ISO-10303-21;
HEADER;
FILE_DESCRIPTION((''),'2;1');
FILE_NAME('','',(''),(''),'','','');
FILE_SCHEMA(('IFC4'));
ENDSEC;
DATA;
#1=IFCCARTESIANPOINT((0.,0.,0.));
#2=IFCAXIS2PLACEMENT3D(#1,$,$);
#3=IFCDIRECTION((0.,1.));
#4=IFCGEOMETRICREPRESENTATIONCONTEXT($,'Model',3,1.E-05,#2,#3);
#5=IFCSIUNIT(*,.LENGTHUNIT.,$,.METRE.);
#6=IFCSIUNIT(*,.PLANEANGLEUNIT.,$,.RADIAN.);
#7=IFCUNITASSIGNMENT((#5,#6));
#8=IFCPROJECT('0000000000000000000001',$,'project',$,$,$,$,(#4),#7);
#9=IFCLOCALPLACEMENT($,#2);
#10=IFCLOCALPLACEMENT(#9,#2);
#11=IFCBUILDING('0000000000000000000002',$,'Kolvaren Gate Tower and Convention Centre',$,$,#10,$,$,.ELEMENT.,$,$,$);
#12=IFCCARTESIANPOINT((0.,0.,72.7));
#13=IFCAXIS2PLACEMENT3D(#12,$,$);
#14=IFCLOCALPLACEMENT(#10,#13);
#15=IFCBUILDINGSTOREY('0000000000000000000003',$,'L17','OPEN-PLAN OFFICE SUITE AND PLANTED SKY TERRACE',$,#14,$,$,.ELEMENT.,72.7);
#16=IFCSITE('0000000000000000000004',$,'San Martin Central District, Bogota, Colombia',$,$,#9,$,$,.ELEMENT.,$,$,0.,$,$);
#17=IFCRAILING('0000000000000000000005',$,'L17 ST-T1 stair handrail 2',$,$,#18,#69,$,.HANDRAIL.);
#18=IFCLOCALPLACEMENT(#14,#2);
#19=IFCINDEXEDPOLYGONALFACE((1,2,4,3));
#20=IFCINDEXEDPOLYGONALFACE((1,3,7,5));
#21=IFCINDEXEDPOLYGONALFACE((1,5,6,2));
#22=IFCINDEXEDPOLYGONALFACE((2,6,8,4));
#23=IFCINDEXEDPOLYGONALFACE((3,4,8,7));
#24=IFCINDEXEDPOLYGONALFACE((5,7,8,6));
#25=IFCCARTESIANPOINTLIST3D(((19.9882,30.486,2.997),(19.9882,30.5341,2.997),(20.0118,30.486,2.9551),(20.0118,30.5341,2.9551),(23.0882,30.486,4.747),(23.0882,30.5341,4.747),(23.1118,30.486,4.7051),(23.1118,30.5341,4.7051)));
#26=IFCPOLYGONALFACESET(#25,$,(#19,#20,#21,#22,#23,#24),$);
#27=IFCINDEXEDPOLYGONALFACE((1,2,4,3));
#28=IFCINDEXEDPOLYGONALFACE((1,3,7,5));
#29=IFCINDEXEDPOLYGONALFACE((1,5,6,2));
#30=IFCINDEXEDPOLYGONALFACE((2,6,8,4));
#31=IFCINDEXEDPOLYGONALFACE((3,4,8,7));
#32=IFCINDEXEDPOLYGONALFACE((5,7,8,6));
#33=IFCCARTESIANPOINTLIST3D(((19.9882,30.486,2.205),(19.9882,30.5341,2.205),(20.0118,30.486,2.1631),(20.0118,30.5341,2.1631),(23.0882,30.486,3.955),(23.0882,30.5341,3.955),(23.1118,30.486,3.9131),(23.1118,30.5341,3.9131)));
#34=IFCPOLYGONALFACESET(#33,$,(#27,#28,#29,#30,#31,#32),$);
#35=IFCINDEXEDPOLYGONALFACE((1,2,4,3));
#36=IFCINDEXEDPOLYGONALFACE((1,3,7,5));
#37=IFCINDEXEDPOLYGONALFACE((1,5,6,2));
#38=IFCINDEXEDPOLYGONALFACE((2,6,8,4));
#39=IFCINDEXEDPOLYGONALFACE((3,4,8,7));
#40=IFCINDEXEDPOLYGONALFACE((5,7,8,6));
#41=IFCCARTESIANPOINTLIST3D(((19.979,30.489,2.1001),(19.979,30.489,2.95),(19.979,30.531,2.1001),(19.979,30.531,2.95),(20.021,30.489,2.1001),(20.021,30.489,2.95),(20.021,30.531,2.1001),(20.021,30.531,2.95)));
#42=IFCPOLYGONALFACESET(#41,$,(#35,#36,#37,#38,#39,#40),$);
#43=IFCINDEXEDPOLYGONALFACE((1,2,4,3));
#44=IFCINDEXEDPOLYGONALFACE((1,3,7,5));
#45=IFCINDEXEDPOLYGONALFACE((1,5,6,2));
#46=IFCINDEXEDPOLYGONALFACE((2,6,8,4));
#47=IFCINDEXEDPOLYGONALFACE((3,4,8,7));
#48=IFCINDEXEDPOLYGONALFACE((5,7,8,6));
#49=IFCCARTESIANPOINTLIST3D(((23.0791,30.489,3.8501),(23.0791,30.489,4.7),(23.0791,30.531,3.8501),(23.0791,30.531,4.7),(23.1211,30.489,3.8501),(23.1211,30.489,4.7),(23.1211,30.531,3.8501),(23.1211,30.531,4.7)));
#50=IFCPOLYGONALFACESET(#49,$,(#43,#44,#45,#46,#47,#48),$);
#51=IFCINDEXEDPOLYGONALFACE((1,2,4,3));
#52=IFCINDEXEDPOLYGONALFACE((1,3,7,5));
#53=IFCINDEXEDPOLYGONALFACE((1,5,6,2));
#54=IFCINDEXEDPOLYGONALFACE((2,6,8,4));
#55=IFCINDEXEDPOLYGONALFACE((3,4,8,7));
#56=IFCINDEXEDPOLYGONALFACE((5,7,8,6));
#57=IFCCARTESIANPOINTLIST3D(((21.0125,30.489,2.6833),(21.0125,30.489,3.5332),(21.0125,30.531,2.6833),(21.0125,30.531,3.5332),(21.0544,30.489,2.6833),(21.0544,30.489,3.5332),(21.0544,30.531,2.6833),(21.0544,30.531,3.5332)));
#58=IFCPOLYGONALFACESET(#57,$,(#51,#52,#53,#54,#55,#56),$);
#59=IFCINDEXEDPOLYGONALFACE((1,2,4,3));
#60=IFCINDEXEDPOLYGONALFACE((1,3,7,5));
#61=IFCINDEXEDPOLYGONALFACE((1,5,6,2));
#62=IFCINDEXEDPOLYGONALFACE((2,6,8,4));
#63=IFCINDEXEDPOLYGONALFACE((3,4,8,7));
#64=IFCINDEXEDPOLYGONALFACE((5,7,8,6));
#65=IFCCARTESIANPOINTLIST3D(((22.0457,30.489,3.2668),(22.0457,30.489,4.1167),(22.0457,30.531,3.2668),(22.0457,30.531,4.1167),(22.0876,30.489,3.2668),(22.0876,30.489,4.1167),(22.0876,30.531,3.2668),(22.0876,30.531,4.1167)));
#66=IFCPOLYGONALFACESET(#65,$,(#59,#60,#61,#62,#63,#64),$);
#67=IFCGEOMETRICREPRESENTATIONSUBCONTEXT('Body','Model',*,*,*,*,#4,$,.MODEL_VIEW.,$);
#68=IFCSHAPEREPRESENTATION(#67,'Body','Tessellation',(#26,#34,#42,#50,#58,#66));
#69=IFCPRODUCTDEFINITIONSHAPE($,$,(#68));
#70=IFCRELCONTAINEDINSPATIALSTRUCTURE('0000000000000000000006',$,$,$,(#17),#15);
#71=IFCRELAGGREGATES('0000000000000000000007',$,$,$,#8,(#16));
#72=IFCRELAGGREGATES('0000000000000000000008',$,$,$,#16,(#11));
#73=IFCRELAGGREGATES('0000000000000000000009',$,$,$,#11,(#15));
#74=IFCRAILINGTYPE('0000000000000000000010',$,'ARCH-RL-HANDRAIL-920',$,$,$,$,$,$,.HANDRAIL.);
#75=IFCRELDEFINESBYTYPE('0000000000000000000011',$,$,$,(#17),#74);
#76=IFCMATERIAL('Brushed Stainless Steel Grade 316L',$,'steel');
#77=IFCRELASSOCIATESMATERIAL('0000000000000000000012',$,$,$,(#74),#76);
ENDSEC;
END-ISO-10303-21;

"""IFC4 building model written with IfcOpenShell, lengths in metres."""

from ifc_helpers import new_model, si_unit, direction, frame, origin, origin_2d, place, context, subcontext, project, spatial, rectangle, extrude, material, type_object, element, save


model = new_model("IFC4")

# Units and contexts
model_context = context("Model", 3, precision=1e-05, world=origin(), true_north=direction((0.0, 1.0)))
body_context = subcontext(model_context, "Body", "Model", "MODEL_VIEW")
ifc_project = project(units=[si_unit("LENGTHUNIT", "METRE"), si_unit("PLANEANGLEUNIT", "RADIAN")], contexts=[model_context])

# Site, building, storey
site_placement = place(None, origin())
site = spatial("IfcSite", under=ifc_project, at=site_placement, Name="San Martin Central District, Bogota, Colombia", CompositionType="ELEMENT", RefElevation=0.0)
building_placement = place(site_placement, origin())
building = spatial("IfcBuilding", under=site, at=building_placement, Name="Kolvaren Gate Tower and Convention Centre", CompositionType="ELEMENT")
storey_placement = place(building_placement, frame((0.0, 0.0, 72.7)))
storey = spatial("IfcBuildingStorey", under=building, at=storey_placement, Name="L17", Description="OPEN-PLAN OFFICE SUITE AND PLANTED SKY TERRACE", CompositionType="ELEMENT", Elevation=72.7)

# Shared definitions
ifc_material_1 = material(Name="Brushed Stainless Steel Grade 316L", Category="steel")

# Railing
railing_type_1 = type_object("IfcRailingType", Name="ARCH-RL-HANDRAIL-920", PredefinedType="HANDRAIL", material=ifc_material_1)
railing_1_placement = place(storey_placement, frame((20.0, 30.51, 2.1001)))
element("IfcRailing", 1, at=railing_1_placement, inside=storey, type_object=railing_type_1, Name="L17 ST-T1 stair handrail 2", PredefinedType="HANDRAIL", context=body_context, shape_type="SweptSolid", body=[
    extrude(rectangle(XDim=0.0481, YDim=0.0481, at=origin_2d()), frame((0.0, 0.0, 0.876), z_axis=(0.870831, 0.0, 0.491583), x_axis=(0.0, 1.0, 0.0)), (0.0, 0.0, 1.0), 3.5598),
    extrude(rectangle(XDim=0.0481, YDim=0.0481, at=origin_2d()), frame((0.0, 0.0, 0.084), z_axis=(0.870831, 0.0, 0.491583), x_axis=(0.0, 1.0, 0.0)), (0.0, 0.0, 1.0), 3.5598),
    extrude(rectangle(XDim=0.042, YDim=0.042, at=origin_2d()), origin(), (0.0, 0.0, 1.0), 0.8499),
    extrude(rectangle(XDim=0.042, YDim=0.042, at=origin_2d()), frame((3.1001, 0.0, 1.75)), (0.0, 0.0, 1.0), 0.8499),
    extrude(rectangle(XDim=0.042, YDim=0.042, at=origin_2d()), frame((1.0334, 0.0, 0.5833)), (0.0, 0.0, 1.0), 0.8499),
    extrude(rectangle(XDim=0.042, YDim=0.042, at=origin_2d()), frame((2.0667, 0.0, 1.1667)), (0.0, 0.0, 1.0), 0.8499),
])

save(model, "model.ifc")
